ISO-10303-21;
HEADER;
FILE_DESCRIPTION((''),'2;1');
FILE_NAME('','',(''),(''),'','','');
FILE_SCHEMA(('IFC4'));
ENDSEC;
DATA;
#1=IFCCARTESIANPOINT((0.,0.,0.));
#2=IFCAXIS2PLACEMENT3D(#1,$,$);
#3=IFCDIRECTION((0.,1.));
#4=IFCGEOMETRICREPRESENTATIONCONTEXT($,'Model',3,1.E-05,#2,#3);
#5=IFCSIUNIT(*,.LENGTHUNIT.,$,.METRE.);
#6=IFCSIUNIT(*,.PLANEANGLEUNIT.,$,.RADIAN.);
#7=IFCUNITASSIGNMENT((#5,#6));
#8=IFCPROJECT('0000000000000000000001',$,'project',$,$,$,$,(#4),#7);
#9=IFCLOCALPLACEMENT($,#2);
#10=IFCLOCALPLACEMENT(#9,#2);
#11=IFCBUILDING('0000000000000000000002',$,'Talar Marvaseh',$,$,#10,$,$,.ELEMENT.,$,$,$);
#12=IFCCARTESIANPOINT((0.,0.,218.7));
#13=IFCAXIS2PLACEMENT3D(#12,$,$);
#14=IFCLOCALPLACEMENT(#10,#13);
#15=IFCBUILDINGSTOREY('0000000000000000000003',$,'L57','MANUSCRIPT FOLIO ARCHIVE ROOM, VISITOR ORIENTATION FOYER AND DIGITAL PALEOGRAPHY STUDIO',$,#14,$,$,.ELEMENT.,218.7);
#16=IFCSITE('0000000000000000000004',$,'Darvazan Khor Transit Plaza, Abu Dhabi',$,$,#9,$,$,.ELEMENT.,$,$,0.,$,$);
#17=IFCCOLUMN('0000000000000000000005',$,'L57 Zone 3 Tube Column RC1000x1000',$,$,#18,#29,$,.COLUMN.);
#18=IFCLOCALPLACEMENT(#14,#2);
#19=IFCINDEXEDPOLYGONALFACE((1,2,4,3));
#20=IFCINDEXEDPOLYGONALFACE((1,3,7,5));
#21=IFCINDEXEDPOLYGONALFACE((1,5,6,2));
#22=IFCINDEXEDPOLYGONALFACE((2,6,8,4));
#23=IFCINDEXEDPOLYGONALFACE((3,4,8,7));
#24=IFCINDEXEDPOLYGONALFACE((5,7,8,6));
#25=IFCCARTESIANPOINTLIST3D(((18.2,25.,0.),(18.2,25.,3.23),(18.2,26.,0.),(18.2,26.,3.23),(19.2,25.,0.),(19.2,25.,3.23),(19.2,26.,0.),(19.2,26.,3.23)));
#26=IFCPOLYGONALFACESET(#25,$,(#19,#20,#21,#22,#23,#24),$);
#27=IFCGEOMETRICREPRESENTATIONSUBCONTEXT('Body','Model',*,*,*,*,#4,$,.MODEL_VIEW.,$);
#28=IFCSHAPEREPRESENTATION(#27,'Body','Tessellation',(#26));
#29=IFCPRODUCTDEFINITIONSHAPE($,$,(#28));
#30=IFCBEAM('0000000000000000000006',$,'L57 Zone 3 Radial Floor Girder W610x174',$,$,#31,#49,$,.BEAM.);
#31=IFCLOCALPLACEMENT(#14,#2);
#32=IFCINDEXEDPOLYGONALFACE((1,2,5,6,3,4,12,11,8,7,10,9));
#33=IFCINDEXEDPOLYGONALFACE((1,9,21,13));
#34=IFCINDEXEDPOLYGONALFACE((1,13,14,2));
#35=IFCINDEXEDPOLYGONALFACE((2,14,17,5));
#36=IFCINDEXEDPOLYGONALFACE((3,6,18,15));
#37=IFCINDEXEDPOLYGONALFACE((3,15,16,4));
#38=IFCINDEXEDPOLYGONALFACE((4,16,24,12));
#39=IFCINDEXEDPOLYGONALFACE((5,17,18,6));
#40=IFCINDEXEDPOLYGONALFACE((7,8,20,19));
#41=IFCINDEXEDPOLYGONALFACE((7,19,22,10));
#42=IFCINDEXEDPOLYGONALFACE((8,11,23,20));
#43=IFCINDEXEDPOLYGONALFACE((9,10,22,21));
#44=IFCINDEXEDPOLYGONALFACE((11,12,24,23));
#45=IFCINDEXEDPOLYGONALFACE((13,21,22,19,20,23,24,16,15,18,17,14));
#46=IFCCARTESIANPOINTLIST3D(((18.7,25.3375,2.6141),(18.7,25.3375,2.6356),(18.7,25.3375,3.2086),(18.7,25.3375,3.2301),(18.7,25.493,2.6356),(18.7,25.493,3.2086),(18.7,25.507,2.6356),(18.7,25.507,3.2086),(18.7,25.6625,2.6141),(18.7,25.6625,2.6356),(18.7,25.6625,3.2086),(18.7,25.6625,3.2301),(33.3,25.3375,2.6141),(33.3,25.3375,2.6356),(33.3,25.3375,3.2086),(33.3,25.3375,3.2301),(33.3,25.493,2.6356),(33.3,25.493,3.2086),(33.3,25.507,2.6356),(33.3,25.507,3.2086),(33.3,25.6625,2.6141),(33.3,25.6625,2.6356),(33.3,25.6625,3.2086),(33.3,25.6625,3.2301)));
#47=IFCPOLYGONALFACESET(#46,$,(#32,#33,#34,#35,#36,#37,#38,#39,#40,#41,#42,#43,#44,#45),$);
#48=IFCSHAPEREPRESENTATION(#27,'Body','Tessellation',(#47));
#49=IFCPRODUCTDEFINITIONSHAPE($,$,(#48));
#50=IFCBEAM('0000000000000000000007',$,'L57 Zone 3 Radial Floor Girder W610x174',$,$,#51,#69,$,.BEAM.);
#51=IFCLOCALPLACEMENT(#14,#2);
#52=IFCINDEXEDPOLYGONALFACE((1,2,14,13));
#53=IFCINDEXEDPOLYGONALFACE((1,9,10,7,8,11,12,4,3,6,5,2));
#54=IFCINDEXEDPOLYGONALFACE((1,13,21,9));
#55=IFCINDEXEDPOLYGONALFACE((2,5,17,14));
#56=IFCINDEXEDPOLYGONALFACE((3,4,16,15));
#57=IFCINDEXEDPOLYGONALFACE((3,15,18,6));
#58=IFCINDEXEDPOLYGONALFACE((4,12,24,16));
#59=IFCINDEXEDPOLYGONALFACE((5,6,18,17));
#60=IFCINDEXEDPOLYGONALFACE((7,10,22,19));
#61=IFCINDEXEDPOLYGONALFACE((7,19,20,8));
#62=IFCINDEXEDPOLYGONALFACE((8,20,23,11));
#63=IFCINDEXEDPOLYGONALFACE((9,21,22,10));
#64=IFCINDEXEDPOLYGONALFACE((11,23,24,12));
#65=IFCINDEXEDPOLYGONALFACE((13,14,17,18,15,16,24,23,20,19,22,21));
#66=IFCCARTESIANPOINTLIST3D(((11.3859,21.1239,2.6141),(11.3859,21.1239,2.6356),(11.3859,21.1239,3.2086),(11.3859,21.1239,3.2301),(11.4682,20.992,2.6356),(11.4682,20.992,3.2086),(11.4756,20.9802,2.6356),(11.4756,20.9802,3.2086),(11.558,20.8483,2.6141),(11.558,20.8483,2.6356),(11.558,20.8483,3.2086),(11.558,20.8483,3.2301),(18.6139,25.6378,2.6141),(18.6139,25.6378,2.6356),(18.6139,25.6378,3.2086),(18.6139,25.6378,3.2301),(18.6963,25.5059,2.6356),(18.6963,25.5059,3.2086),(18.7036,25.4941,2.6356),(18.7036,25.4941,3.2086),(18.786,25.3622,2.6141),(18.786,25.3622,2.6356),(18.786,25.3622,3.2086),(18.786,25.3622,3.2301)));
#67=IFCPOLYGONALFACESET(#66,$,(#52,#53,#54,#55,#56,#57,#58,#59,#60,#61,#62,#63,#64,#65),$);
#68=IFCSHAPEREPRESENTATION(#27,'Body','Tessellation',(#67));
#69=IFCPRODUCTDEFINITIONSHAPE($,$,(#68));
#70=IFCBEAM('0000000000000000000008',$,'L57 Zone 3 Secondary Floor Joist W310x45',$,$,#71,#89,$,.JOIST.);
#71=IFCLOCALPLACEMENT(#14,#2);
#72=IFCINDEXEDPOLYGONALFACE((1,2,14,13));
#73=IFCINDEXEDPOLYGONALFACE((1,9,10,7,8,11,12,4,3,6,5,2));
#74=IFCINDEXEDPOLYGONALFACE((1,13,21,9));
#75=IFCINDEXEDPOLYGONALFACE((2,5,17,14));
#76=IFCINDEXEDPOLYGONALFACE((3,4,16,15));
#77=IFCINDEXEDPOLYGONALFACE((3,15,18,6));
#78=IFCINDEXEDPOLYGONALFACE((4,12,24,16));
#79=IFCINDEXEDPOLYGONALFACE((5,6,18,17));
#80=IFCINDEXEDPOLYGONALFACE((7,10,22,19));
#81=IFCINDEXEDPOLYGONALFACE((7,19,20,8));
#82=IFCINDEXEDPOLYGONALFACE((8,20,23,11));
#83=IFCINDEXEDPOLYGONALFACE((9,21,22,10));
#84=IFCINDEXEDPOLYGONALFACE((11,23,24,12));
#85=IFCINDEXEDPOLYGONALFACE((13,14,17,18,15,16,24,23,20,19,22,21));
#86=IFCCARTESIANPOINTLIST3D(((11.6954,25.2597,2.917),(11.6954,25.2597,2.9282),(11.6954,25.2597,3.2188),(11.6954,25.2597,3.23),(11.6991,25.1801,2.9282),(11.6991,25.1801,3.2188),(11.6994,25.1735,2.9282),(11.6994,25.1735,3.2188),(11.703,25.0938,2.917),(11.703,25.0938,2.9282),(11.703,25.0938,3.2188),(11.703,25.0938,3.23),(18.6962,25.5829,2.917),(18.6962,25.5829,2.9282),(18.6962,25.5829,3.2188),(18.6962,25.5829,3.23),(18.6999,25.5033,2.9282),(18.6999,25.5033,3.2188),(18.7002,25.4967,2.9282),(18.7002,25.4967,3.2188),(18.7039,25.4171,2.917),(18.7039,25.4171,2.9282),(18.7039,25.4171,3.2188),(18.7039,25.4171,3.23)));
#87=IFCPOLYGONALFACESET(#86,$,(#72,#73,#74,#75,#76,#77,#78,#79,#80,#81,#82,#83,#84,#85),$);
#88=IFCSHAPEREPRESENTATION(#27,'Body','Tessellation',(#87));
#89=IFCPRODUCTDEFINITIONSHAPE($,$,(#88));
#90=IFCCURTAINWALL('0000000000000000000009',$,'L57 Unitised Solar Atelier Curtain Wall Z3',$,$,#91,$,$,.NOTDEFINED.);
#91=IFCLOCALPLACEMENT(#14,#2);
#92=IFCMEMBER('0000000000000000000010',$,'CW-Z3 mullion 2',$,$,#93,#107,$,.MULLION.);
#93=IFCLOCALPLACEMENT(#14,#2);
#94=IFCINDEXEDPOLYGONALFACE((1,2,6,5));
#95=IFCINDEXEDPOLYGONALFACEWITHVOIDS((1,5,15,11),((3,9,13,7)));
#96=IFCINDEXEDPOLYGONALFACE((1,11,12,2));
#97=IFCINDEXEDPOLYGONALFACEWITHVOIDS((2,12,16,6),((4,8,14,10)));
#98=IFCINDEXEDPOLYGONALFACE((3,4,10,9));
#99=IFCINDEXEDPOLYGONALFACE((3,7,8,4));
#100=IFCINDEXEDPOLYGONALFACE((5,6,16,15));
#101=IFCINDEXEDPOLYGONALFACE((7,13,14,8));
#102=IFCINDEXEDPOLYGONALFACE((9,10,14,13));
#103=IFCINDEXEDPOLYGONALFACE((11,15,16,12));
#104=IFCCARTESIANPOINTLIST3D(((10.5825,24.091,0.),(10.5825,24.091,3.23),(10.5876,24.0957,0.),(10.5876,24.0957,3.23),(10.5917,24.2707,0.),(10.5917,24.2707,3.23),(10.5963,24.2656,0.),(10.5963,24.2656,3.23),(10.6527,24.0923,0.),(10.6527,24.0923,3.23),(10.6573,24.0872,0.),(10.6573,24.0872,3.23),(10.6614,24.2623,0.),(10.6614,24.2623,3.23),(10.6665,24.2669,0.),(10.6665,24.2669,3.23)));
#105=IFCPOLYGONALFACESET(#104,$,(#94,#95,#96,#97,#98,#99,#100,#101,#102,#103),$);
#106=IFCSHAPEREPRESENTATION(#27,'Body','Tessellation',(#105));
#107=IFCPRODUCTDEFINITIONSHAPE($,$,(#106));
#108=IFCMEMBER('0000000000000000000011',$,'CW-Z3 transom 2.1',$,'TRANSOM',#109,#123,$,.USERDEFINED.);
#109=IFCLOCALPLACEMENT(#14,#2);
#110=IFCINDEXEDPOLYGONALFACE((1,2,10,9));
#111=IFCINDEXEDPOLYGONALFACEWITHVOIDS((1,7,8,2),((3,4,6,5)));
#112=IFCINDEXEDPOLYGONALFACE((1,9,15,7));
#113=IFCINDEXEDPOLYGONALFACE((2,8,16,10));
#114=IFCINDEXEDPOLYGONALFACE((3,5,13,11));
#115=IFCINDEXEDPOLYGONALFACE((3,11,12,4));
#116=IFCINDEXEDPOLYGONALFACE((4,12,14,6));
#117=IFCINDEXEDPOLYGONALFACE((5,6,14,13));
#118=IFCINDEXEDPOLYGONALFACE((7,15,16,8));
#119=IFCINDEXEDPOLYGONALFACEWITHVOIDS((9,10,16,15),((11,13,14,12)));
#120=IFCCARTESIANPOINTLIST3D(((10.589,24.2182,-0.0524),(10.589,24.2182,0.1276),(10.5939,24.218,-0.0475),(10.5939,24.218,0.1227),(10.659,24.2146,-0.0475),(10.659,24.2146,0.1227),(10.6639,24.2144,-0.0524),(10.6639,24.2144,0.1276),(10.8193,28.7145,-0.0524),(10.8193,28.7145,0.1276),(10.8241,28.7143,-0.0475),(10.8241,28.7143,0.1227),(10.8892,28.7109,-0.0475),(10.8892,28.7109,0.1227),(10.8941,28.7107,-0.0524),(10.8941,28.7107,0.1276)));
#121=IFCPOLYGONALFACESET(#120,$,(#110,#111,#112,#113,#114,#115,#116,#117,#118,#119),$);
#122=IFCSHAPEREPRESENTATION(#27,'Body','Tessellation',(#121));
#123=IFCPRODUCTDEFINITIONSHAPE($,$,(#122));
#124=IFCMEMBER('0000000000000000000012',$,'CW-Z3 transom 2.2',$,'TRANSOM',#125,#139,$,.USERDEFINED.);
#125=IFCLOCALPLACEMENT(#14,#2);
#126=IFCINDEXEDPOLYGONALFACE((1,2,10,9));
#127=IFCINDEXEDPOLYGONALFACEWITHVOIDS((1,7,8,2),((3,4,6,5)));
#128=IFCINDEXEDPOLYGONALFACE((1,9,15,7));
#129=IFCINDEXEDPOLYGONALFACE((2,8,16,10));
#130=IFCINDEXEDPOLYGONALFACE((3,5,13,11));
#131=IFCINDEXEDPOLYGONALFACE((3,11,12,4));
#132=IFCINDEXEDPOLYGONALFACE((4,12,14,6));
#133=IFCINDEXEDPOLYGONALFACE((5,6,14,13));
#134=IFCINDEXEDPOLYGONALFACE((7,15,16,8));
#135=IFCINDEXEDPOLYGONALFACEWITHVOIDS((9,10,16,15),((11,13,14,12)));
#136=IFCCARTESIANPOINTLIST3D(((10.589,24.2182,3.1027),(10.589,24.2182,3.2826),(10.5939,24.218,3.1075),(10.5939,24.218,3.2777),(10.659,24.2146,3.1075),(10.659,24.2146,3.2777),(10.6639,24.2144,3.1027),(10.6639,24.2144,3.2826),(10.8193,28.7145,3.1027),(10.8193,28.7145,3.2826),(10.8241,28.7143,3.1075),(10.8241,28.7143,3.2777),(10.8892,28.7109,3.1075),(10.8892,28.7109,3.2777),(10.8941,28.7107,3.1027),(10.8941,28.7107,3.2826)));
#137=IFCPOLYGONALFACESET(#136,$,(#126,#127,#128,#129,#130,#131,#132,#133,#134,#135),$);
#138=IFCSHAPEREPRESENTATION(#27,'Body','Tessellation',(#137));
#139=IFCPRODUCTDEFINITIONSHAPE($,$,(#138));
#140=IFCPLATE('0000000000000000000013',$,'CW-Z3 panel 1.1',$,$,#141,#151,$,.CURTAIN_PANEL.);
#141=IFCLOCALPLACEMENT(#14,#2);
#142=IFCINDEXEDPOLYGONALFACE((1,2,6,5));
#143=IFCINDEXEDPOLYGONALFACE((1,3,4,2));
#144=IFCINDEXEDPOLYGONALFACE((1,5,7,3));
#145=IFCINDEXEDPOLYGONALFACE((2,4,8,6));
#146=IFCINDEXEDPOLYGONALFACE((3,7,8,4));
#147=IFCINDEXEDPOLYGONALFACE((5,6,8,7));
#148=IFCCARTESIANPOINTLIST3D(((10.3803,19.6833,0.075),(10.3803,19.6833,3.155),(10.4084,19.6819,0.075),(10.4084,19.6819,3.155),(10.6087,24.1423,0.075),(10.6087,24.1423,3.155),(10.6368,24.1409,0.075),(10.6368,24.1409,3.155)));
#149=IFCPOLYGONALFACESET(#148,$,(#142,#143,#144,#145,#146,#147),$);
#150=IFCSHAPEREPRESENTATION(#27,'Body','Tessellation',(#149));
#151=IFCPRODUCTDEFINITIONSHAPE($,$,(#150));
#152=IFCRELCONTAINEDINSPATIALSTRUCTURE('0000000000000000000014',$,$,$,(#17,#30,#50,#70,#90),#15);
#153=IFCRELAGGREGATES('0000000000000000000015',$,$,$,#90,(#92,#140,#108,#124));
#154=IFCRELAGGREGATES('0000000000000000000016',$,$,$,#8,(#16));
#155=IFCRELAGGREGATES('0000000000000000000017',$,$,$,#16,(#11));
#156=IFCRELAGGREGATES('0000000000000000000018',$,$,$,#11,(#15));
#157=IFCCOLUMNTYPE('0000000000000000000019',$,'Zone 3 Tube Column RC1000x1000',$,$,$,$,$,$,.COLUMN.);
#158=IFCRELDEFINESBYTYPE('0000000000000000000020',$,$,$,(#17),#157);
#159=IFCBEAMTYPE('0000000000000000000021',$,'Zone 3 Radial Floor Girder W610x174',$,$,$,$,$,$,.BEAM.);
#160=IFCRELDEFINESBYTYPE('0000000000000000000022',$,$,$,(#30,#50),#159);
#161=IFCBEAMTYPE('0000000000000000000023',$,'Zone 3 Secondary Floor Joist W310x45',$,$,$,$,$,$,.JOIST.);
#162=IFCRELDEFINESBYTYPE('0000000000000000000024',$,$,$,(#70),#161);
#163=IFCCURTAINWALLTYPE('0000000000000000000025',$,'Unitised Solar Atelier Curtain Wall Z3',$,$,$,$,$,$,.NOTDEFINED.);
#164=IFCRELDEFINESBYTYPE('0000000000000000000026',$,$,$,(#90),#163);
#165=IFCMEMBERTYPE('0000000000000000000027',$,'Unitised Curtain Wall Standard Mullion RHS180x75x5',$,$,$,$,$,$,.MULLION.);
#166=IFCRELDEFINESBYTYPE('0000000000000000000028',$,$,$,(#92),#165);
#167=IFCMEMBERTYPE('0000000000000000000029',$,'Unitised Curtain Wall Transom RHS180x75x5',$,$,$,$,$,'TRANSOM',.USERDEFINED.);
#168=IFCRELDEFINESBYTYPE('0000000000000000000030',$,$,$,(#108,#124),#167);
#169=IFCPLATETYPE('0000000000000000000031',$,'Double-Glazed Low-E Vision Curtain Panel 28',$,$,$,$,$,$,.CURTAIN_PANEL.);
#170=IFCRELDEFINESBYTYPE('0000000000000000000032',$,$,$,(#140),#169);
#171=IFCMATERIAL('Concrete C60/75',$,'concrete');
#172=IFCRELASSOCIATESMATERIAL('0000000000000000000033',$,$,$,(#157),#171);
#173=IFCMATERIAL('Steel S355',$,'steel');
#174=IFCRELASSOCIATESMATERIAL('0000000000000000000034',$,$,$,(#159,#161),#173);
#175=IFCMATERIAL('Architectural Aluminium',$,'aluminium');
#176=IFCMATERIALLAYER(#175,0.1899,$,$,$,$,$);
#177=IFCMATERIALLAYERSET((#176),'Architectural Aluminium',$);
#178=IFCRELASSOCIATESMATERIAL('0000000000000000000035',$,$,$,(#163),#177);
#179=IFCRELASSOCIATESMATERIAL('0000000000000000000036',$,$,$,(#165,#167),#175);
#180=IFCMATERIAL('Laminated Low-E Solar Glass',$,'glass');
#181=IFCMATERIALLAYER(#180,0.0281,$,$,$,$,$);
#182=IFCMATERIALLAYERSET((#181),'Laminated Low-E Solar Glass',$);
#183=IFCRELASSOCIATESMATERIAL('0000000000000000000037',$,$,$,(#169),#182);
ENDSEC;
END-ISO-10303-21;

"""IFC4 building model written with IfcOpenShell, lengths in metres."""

from ifc_helpers import new_model, si_unit, direction, frame, origin, origin_2d, place, context, subcontext, project, spatial, rectangle, hollow_rectangle, i_section, extrude, source, transform, mapped, material, layer, layer_set, material_profile, profile_set, type_object, type_shapes, element, aggregate, save


model = new_model("IFC4")

# Units and contexts
model_context = context("Model", 3, precision=1e-05, world=origin(), true_north=direction((0.0, 1.0)))
body_context = subcontext(model_context, "Body", "Model", "MODEL_VIEW")
ifc_project = project(units=[si_unit("LENGTHUNIT", "METRE"), si_unit("PLANEANGLEUNIT", "RADIAN")], contexts=[model_context])

# Site, building, storey
site_placement = place(None, origin())
site = spatial("IfcSite", under=ifc_project, at=site_placement, Name="Darvazan Khor Transit Plaza, Abu Dhabi", CompositionType="ELEMENT", RefElevation=0.0)
building_placement = place(site_placement, origin())
building = spatial("IfcBuilding", under=site, at=building_placement, Name="Talar Marvaseh", CompositionType="ELEMENT")
storey_placement = place(building_placement, frame((0.0, 0.0, 218.7)))
storey = spatial("IfcBuildingStorey", under=building, at=storey_placement, Name="L57", Description="MANUSCRIPT FOLIO ARCHIVE ROOM, VISITOR ORIENTATION FOYER AND DIGITAL PALEOGRAPHY STUDIO", CompositionType="ELEMENT", Elevation=218.7)

# Column
ifc_material_1 = material(Name="Concrete C60/75", Category="concrete")
ifc_material_profile_1 = material_profile(ifc_material_1, rectangle(XDim=1.0, YDim=1.0, at=origin_2d()), Name="RC1000x1000")
ifc_profile_set_1 = profile_set([ifc_material_profile_1], Name="Concrete C60/75")
column_type = type_object("IfcColumnType", Name="Zone 3 Tube Column RC1000x1000", PredefinedType="COLUMN", material=ifc_profile_set_1)
column_placement = place(storey_placement, frame((18.7, 25.5, 0.0), z_axis=(0.0, 0.0, 1.0), x_axis=(1.0, 0.0, 0.0)))
element("IfcColumn", 1, at=column_placement, inside=storey, type_object=column_type, Name="L57 Zone 3 Tube Column RC1000x1000", PredefinedType="COLUMN", context=body_context, shape_type="SweptSolid", body=[
    extrude(rectangle(XDim=1.0, YDim=1.0, at=origin_2d()), origin(), (0.0, 0.0, 1.0), 3.23),
])

# Beams
ifc_material_2 = material(Name="Steel S355", Category="steel")
ifc_material_profile_2 = material_profile(ifc_material_2, i_section(OverallWidth=0.325, OverallDepth=0.616, WebThickness=0.0139, FlangeThickness=0.0215, at=origin_2d()), Name="W610x174")
ifc_profile_set_2 = profile_set([ifc_material_profile_2], Name="Steel S355")
beam_type_1 = type_object("IfcBeamType", Name="Zone 3 Radial Floor Girder W610x174", PredefinedType="BEAM", material=ifc_profile_set_2)
beam_1_placement = place(storey_placement, frame((18.7, 25.5, 2.9221), z_axis=(1.0, 0.0, 0.0), x_axis=(0.0, 1.0, 0.0)))
element("IfcBeam", 2, at=beam_1_placement, inside=storey, type_object=beam_type_1, Name="L57 Zone 3 Radial Floor Girder W610x174", PredefinedType="BEAM", context=body_context, shape_type="SweptSolid", body=[
    extrude(i_section(OverallWidth=0.325, OverallDepth=0.616, WebThickness=0.0139, FlangeThickness=0.0215, at=origin_2d()), origin(), (0.0, 0.0, 1.0), 14.6001),
])
beam_2_placement = place(storey_placement, frame((11.4719, 20.9861, 2.9221), z_axis=(0.848188, 0.529695, 0.0), x_axis=(-0.529695, 0.848188, 0.0)))
element("IfcBeam", 3, at=beam_2_placement, inside=storey, type_object=beam_type_1, Name="L57 Zone 3 Radial Floor Girder W610x174", PredefinedType="BEAM", context=body_context, shape_type="SweptSolid", body=[
    extrude(i_section(OverallWidth=0.325, OverallDepth=0.616, WebThickness=0.0139, FlangeThickness=0.0215, at=origin_2d()), origin(), (0.0, 0.0, 1.0), 8.5217),
])
ifc_material_profile_3 = material_profile(ifc_material_2, i_section(OverallWidth=0.166, OverallDepth=0.313, WebThickness=0.0066, FlangeThickness=0.0112, at=origin_2d()), Name="W310x45")
ifc_profile_set_3 = profile_set([ifc_material_profile_3], Name="Steel S355")
beam_type_2 = type_object("IfcBeamType", Name="Zone 3 Secondary Floor Joist W310x45", PredefinedType="JOIST", material=ifc_profile_set_3)
beam_3_placement = place(storey_placement, frame((11.6992, 25.1768, 3.0735), z_axis=(0.998936, 0.046123, 0.0), x_axis=(-0.046123, 0.998936, 0.0)))
element("IfcBeam", 4, at=beam_3_placement, inside=storey, type_object=beam_type_2, Name="L57 Zone 3 Secondary Floor Joist W310x45", PredefinedType="JOIST", context=body_context, shape_type="SweptSolid", body=[
    extrude(i_section(OverallWidth=0.166, OverallDepth=0.313, WebThickness=0.0066, FlangeThickness=0.0112, at=origin_2d()), origin(), (0.0, 0.0, 1.0), 7.0083),
])

# Curtain wall, members, plate
ifc_material_3 = material(Name="Architectural Aluminium", Category="aluminium")
ifc_layer_1 = layer(ifc_material_3, 0.1899)
ifc_layer_set_1 = layer_set([ifc_layer_1], Name="Architectural Aluminium")
curtain_wall_type = type_object("IfcCurtainWallType", Name="Unitised Solar Atelier Curtain Wall Z3", PredefinedType="NOTDEFINED", material=ifc_layer_set_1)
curtain_wall_placement = place(storey_placement, origin())
curtain_wall = element("IfcCurtainWall", 5, at=curtain_wall_placement, inside=storey, type_object=curtain_wall_type, Name="L57 Unitised Solar Atelier Curtain Wall Z3", PredefinedType="NOTDEFINED")
ifc_material_profile_4 = material_profile(ifc_material_3, hollow_rectangle(XDim=0.075, YDim=0.1799, WallThickness=0.0049, at=origin_2d()), Name="RHS180x75x5")
ifc_profile_set_4 = profile_set([ifc_material_profile_4], Name="Architectural Aluminium")
member_type_1 = type_object("IfcMemberType", Name="Unitised Curtain Wall Standard Mullion RHS180x75x5", PredefinedType="MULLION", material=ifc_profile_set_4)
shared_shape_1 = source(origin(), body_context, "Body", "SweptSolid", [
    extrude(hollow_rectangle(XDim=0.075, YDim=0.1799, WallThickness=0.0049, at=origin_2d()), origin(), (0.0, 0.0, 1.0), 3.23),
])
type_shapes(member_type_1, [shared_shape_1])
member_1_placement = place(storey_placement, frame((10.6245, 24.179, 0.0), z_axis=(0.0, 0.0, 1.0), x_axis=(-0.998691, 0.051152, 0.0)))
member_1 = element("IfcMember", 6, at=member_1_placement, type_object=member_type_1, Name="CW-Z3 mullion 2", PredefinedType="MULLION", context=body_context, shape_type="MappedRepresentation", body=[
    mapped(shared_shape_1, transform((0.0, 0.0, 0.0), x_axis=(1.0, 0.0, 0.0), y_axis=(0.0, 1.0, 0.0), z_axis=(0.0, 0.0, 1.0), scale=1.0)),
])
ifc_material_profile_5 = material_profile(ifc_material_3, hollow_rectangle(XDim=0.075, YDim=0.1799, WallThickness=0.0049, at=origin_2d()), Name="RHS180x75x5")
ifc_profile_set_5 = profile_set([ifc_material_profile_5], Name="Architectural Aluminium")
member_type_2 = type_object("IfcMemberType", Name="Unitised Curtain Wall Transom RHS180x75x5", ElementType="TRANSOM", PredefinedType="USERDEFINED", material=ifc_profile_set_5)
shared_shape_2 = source(origin(), body_context, "Body", "SweptSolid", [
    extrude(hollow_rectangle(XDim=0.075, YDim=0.1799, WallThickness=0.0049, at=origin_2d()), origin(), (0.0, 0.0, 1.0), 4.5022),
])
type_shapes(member_type_2, [shared_shape_2])
member_2_placement = place(storey_placement, frame((10.6265, 24.2163, 0.0376), z_axis=(0.051136, 0.998692, 0.0), x_axis=(-0.998692, 0.051136, 0.0)))
member_2 = element("IfcMember", 7, at=member_2_placement, type_object=member_type_2, Name="CW-Z3 transom 2.1", ObjectType="TRANSOM", PredefinedType="USERDEFINED", context=body_context, shape_type="MappedRepresentation", body=[
    mapped(shared_shape_2, transform((0.0, 0.0, 0.0), x_axis=(1.0, 0.0, 0.0), y_axis=(0.0, 1.0, 0.0), z_axis=(0.0, 0.0, 1.0), scale=1.0)),
])
member_3_placement = place(storey_placement, frame((10.6265, 24.2163, 3.1926), z_axis=(0.051136, 0.998692, 0.0), x_axis=(-0.998692, 0.051136, 0.0)))
member_3 = element("IfcMember", 8, at=member_3_placement, type_object=member_type_2, Name="CW-Z3 transom 2.2", ObjectType="TRANSOM", PredefinedType="USERDEFINED", context=body_context, shape_type="MappedRepresentation", body=[
    mapped(shared_shape_2, transform((0.0, 0.0, 0.0), x_axis=(1.0, 0.0, 0.0), y_axis=(0.0, 1.0, 0.0), z_axis=(0.0, 0.0, 1.0), scale=1.0)),
])
ifc_material_4 = material(Name="Laminated Low-E Solar Glass", Category="glass")
ifc_layer_2 = layer(ifc_material_4, 0.0281)
ifc_layer_set_2 = layer_set([ifc_layer_2], Name="Laminated Low-E Solar Glass")
plate_type = type_object("IfcPlateType", Name="Double-Glazed Low-E Vision Curtain Panel 28", PredefinedType="CURTAIN_PANEL", material=ifc_layer_set_2)
shared_shape_3 = source(origin(), body_context, "Body", "SweptSolid", [
    extrude(rectangle(XDim=4.4648, YDim=0.0281, at=origin_2d()), origin(), (0.0, 0.0, 1.0), 3.0801),
])
type_shapes(plate_type, [shared_shape_3])
plate_placement = place(storey_placement, frame((10.5085, 21.9121, 0.075), z_axis=(0.0, 0.0, 1.0), x_axis=(0.051152, 0.998691, 0.0)))
plate = element("IfcPlate", 9, at=plate_placement, type_object=plate_type, Name="CW-Z3 panel 1.1", PredefinedType="CURTAIN_PANEL", context=body_context, shape_type="MappedRepresentation", body=[
    mapped(shared_shape_3, transform((0.0, 0.0, 0.0), x_axis=(1.0, 0.0, 0.0), y_axis=(0.0, 1.0, 0.0), z_axis=(0.0, 0.0, 1.0), scale=1.0)),
])
aggregate(curtain_wall, [member_1, plate, member_2, member_3])

save(model, "model.ifc")
